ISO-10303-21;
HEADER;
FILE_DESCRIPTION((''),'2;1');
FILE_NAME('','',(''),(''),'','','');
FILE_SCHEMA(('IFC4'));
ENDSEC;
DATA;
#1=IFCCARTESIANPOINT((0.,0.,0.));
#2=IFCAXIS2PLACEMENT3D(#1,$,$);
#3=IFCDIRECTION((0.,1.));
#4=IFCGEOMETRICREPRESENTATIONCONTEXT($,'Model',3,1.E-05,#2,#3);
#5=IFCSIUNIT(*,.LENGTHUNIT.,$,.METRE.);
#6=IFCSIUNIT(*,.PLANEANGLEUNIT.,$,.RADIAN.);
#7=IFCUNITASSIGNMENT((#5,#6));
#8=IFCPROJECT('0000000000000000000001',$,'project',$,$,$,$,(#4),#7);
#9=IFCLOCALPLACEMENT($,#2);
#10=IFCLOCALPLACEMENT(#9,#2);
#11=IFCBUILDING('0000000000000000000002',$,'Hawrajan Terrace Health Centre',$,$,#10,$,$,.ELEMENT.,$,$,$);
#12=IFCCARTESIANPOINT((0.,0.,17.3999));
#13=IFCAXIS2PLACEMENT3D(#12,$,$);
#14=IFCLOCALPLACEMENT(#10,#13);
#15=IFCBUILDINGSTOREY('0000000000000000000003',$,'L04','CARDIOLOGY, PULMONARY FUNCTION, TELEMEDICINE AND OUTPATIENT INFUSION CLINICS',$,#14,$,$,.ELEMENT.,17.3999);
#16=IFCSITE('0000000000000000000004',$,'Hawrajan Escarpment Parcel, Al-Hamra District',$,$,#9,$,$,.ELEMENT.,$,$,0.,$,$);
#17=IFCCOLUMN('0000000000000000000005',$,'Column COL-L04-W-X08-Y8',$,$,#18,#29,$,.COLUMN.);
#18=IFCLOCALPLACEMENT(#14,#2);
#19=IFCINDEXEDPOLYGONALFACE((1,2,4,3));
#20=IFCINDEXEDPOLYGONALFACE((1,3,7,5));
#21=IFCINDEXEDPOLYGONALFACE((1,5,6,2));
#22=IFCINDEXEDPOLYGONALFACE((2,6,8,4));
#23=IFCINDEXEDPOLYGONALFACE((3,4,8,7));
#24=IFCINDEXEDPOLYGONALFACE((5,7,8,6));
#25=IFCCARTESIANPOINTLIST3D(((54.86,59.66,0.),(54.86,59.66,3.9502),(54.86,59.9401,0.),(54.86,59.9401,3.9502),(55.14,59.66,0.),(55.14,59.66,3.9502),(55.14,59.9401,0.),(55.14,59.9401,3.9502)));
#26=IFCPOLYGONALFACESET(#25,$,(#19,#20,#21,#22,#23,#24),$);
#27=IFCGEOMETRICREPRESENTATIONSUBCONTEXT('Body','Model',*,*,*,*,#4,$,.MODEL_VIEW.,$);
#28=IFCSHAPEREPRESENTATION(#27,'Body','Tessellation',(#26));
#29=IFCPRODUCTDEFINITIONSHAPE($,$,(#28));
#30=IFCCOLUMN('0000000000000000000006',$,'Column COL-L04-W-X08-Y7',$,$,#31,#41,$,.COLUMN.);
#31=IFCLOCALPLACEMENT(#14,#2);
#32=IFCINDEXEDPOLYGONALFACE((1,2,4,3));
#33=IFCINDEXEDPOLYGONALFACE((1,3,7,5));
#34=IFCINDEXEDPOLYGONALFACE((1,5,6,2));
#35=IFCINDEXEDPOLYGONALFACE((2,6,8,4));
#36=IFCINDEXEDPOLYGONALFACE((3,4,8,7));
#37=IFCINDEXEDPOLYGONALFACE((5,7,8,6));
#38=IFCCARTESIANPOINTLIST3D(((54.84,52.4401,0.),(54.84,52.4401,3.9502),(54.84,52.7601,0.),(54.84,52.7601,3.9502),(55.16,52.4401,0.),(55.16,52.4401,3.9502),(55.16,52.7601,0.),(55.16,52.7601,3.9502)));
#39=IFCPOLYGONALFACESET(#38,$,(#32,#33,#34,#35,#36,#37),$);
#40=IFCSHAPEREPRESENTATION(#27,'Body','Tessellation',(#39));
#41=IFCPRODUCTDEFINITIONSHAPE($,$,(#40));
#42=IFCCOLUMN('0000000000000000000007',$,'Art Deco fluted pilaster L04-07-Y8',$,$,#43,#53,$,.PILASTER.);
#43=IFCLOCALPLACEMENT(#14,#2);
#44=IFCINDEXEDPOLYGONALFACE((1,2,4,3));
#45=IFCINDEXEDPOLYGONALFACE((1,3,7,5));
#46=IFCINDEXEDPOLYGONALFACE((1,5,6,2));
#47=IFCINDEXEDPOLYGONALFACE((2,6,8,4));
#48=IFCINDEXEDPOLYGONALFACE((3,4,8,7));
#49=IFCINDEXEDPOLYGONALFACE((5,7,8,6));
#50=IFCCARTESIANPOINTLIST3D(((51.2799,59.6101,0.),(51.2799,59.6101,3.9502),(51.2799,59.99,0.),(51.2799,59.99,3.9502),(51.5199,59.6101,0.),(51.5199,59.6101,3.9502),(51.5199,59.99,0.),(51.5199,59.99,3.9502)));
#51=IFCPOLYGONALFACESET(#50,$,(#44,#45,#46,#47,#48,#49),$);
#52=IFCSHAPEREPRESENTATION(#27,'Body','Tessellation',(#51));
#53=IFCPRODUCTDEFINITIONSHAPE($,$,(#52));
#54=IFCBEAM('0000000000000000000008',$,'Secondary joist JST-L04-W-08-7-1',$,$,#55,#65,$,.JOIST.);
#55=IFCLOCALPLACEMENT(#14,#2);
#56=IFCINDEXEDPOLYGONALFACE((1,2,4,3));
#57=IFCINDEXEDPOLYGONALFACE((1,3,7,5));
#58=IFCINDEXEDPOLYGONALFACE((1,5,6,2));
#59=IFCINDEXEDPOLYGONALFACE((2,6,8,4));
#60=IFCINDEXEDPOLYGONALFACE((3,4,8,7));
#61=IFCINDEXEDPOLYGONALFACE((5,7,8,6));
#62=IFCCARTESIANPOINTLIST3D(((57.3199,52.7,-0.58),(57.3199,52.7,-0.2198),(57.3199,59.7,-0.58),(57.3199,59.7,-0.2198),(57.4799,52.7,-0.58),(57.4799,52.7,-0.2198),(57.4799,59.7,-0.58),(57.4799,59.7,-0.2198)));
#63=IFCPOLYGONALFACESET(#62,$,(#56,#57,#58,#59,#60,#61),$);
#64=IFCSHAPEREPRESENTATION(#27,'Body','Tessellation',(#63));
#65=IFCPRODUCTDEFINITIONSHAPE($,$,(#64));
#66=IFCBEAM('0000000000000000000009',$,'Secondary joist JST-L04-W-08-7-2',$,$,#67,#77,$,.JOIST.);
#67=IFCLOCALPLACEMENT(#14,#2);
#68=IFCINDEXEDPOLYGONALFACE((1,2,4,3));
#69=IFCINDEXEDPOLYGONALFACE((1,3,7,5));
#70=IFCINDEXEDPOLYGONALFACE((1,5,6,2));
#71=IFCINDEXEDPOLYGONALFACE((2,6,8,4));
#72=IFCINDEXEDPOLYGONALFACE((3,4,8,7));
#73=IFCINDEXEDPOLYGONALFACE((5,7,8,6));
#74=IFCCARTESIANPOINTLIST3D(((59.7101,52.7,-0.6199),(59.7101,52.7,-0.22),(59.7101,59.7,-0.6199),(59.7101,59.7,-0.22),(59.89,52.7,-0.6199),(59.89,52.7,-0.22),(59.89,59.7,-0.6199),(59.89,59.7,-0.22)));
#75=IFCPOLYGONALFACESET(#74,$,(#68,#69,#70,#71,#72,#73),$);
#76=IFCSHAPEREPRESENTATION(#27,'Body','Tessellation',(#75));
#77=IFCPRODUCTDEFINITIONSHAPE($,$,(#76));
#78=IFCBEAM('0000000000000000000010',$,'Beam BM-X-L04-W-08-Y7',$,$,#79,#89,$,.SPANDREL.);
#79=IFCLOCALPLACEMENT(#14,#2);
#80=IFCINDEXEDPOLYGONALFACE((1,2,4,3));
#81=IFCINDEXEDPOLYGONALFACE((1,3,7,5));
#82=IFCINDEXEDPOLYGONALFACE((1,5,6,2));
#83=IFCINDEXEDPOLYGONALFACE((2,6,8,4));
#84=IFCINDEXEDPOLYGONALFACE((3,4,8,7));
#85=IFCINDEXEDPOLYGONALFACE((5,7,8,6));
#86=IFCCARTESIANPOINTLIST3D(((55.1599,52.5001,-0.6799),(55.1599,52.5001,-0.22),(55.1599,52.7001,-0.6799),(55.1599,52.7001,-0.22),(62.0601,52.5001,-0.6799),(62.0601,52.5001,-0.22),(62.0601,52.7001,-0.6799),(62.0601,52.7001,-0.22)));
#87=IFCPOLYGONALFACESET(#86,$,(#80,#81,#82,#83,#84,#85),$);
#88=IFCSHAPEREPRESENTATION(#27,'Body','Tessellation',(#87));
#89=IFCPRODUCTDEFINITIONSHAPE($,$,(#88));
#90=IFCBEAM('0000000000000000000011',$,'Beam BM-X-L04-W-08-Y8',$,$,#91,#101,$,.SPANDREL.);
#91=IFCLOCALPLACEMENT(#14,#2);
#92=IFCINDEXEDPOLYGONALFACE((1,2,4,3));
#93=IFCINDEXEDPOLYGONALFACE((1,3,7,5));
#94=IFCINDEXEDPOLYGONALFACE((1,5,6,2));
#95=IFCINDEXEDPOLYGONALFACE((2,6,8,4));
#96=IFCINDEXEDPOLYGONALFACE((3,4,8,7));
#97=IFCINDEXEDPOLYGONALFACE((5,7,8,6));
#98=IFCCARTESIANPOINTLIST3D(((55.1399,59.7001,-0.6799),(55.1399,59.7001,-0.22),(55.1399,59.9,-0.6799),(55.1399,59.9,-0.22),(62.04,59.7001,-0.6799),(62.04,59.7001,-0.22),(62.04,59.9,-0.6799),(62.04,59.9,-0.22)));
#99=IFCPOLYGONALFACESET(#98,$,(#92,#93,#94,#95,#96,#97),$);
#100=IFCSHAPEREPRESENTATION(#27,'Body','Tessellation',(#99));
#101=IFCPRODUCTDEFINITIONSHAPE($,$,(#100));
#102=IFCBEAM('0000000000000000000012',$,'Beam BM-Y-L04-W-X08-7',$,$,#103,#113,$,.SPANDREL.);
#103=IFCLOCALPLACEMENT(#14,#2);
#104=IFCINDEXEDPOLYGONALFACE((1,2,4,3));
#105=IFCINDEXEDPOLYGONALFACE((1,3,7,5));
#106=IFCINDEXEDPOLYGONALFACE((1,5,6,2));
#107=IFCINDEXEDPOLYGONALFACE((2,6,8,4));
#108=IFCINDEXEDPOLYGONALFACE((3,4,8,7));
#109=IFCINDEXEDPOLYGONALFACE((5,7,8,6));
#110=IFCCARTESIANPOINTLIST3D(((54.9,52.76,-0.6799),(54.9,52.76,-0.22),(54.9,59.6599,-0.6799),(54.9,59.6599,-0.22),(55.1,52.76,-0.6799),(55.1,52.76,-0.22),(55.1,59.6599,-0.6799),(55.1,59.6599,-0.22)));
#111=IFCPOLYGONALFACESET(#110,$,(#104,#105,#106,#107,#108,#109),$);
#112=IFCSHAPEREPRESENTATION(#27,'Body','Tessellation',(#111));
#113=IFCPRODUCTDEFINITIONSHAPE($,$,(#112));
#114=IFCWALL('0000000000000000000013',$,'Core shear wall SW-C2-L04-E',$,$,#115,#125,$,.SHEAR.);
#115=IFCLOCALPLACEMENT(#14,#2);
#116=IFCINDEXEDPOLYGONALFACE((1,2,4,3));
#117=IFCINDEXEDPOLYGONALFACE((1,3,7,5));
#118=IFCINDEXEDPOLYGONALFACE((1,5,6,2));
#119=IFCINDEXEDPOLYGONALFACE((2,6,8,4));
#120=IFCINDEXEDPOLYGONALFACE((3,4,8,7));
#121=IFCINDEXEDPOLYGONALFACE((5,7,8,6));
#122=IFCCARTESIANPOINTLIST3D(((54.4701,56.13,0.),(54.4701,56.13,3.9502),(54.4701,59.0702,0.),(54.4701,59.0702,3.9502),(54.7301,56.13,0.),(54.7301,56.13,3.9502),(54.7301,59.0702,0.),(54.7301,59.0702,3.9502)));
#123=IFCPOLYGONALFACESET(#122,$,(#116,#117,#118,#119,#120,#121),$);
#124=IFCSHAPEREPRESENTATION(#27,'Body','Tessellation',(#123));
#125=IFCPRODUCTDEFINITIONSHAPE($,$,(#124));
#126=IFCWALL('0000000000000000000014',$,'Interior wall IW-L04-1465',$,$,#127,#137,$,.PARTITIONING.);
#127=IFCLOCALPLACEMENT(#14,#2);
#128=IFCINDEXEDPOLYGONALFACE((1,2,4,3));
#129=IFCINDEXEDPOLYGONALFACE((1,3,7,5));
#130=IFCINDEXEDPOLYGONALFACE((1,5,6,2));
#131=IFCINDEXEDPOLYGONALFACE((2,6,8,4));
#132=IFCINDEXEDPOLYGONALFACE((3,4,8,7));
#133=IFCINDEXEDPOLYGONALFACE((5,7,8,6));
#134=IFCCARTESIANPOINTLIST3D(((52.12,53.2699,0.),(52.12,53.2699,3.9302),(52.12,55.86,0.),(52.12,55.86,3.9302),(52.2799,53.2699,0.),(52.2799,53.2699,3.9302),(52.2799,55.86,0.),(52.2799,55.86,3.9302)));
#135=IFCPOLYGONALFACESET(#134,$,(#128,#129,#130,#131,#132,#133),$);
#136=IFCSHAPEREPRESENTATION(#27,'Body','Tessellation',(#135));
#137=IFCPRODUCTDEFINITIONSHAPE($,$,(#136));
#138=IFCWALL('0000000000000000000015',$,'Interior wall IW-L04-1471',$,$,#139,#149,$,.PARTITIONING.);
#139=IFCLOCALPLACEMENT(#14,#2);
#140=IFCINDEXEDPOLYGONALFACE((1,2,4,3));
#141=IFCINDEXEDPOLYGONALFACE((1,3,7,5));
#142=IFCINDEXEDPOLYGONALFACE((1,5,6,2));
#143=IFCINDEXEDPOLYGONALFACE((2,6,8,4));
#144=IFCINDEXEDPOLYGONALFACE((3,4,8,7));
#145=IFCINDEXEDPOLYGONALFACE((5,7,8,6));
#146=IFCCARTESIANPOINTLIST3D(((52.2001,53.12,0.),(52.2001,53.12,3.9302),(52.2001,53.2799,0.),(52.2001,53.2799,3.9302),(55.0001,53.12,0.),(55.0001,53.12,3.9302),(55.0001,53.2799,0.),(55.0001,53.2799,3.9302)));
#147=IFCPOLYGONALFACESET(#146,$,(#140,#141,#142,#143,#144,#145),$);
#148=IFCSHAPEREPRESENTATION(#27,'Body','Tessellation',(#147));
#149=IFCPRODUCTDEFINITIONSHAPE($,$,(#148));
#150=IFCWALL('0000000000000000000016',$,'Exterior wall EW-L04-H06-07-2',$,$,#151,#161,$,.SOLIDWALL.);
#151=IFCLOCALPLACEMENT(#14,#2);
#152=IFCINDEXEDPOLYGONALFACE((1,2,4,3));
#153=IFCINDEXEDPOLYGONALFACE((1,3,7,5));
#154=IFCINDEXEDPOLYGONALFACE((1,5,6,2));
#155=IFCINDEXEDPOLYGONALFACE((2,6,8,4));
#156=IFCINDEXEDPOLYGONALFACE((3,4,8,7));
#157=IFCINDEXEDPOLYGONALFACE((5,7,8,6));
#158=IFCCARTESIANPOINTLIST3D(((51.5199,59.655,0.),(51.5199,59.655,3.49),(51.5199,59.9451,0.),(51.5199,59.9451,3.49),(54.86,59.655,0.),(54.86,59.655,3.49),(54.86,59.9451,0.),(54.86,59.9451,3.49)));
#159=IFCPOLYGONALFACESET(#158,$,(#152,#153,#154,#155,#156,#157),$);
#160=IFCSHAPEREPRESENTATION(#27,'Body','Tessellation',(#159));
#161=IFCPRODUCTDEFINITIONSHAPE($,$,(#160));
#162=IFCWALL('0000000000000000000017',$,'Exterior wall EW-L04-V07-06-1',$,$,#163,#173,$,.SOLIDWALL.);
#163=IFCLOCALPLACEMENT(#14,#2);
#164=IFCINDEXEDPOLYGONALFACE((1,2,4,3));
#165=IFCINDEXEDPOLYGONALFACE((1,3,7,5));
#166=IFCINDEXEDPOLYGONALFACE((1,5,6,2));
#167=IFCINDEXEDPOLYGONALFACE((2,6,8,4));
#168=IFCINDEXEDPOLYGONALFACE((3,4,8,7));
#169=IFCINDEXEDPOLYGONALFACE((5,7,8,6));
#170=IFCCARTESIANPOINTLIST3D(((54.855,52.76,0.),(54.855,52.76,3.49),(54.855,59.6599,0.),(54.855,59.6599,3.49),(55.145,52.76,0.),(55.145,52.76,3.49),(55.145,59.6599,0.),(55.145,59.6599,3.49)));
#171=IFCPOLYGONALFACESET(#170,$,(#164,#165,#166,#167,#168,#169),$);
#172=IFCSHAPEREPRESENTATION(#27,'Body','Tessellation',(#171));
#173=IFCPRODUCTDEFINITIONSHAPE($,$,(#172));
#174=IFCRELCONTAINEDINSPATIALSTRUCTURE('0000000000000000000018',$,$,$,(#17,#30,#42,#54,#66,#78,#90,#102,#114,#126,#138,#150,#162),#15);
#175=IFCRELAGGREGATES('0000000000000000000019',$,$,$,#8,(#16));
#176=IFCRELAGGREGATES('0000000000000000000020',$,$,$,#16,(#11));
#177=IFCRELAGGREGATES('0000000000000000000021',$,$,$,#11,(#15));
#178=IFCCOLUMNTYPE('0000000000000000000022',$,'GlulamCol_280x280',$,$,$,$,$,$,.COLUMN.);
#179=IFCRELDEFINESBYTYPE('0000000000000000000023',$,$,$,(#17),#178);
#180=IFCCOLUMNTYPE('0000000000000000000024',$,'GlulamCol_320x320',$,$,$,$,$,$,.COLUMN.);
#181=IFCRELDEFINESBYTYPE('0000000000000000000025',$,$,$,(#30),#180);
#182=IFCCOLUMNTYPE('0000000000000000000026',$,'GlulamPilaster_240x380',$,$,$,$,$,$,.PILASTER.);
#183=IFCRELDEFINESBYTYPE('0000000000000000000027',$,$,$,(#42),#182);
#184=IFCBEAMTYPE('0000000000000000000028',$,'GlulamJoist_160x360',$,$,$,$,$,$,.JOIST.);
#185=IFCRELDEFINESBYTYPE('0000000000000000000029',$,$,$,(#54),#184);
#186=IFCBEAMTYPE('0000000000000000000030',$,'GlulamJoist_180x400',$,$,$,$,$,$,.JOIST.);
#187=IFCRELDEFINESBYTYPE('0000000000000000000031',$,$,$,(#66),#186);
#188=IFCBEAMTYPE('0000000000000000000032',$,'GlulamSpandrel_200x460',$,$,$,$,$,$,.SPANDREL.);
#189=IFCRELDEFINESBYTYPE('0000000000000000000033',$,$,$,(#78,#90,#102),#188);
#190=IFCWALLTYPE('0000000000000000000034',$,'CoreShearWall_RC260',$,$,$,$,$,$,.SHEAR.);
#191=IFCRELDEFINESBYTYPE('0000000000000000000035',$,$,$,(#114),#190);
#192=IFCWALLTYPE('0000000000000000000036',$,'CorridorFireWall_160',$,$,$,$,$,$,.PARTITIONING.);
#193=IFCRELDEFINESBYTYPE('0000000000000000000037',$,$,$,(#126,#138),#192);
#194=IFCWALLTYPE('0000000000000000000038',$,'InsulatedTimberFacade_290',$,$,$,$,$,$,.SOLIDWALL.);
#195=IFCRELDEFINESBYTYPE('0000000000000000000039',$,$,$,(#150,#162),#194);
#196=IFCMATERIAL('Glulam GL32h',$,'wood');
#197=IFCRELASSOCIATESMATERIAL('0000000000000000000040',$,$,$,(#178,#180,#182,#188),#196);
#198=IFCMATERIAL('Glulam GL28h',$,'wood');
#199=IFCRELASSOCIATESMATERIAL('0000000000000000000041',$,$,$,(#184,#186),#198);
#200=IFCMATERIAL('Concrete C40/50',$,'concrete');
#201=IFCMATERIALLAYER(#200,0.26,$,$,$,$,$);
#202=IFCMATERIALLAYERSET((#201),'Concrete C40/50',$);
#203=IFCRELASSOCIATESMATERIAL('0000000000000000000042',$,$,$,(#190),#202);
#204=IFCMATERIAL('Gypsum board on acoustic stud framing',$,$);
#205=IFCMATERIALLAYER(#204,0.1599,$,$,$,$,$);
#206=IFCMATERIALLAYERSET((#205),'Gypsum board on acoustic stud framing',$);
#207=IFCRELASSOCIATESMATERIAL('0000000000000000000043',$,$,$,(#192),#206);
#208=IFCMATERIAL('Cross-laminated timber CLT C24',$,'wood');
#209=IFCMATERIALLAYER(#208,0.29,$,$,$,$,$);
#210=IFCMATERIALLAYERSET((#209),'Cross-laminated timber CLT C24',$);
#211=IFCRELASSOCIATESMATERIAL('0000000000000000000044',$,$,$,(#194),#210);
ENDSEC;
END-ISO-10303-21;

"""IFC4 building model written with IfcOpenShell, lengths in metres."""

from ifc_helpers import new_model, si_unit, direction, frame, frame_2d, origin, origin_2d, place, context, subcontext, project, spatial, rectangle, extrude, material, layer, layer_set, material_profile, profile_set, type_object, element, save


model = new_model("IFC4")

# Units and contexts
model_context = context("Model", 3, precision=1e-05, world=origin(), true_north=direction((0.0, 1.0)))
body_context = subcontext(model_context, "Body", "Model", "MODEL_VIEW")
ifc_project = project(units=[si_unit("LENGTHUNIT", "METRE"), si_unit("PLANEANGLEUNIT", "RADIAN")], contexts=[model_context])

# Site, building, storey
site_placement = place(None, origin())
site = spatial("IfcSite", under=ifc_project, at=site_placement, Name="Hawrajan Escarpment Parcel, Al-Hamra District", CompositionType="ELEMENT", RefElevation=0.0)
building_placement = place(site_placement, origin())
building = spatial("IfcBuilding", under=site, at=building_placement, Name="Hawrajan Terrace Health Centre", CompositionType="ELEMENT")
storey_placement = place(building_placement, frame((0.0, 0.0, 17.3999)))
storey = spatial("IfcBuildingStorey", under=building, at=storey_placement, Name="L04", Description="CARDIOLOGY, PULMONARY FUNCTION, TELEMEDICINE AND OUTPATIENT INFUSION CLINICS", CompositionType="ELEMENT", Elevation=17.3999)

# Columns
ifc_material_1 = material(Name="Glulam GL32h", Category="wood")
ifc_material_profile_1 = material_profile(ifc_material_1, rectangle(XDim=0.28, YDim=0.28, at=origin_2d()), Name="GL 280x280")
ifc_profile_set_1 = profile_set([ifc_material_profile_1], Name="Glulam GL32h")
column_type_1 = type_object("IfcColumnType", Name="GlulamCol_280x280", PredefinedType="COLUMN", material=ifc_profile_set_1)
column_1_placement = place(storey_placement, frame((55.0, 59.8, 0.0), z_axis=(0.0, 0.0, 1.0), x_axis=(1.0, 0.0, 0.0)))
element("IfcColumn", 1, at=column_1_placement, inside=storey, type_object=column_type_1, Name="Column COL-L04-W-X08-Y8", PredefinedType="COLUMN", context=body_context, shape_type="SweptSolid", body=[
    extrude(rectangle(XDim=0.28, YDim=0.28, at=origin_2d()), origin(), (0.0, 0.0, 1.0), 3.9502),
])
ifc_material_profile_2 = material_profile(ifc_material_1, rectangle(XDim=0.3201, YDim=0.3201, at=origin_2d()), Name="GL 320x320")
ifc_profile_set_2 = profile_set([ifc_material_profile_2], Name="Glulam GL32h")
column_type_2 = type_object("IfcColumnType", Name="GlulamCol_320x320", PredefinedType="COLUMN", material=ifc_profile_set_2)
column_2_placement = place(storey_placement, frame((55.0, 52.6001, 0.0), z_axis=(0.0, 0.0, 1.0), x_axis=(1.0, 0.0, 0.0)))
element("IfcColumn", 2, at=column_2_placement, inside=storey, type_object=column_type_2, Name="Column COL-L04-W-X08-Y7", PredefinedType="COLUMN", context=body_context, shape_type="SweptSolid", body=[
    extrude(rectangle(XDim=0.3201, YDim=0.3201, at=origin_2d()), origin(), (0.0, 0.0, 1.0), 3.9502),
])
ifc_material_profile_3 = material_profile(ifc_material_1, rectangle(XDim=0.24, YDim=0.3799, at=origin_2d()), Name="GL PIL 240x380")
ifc_profile_set_3 = profile_set([ifc_material_profile_3], Name="Glulam GL32h")
column_type_3 = type_object("IfcColumnType", Name="GlulamPilaster_240x380", PredefinedType="PILASTER", material=ifc_profile_set_3)
column_3_placement = place(storey_placement, frame((51.3999, 59.8, 0.0), z_axis=(0.0, 0.0, 1.0), x_axis=(1.0, 0.0, 0.0)))
element("IfcColumn", 3, at=column_3_placement, inside=storey, type_object=column_type_3, Name="Art Deco fluted pilaster L04-07-Y8", PredefinedType="PILASTER", context=body_context, shape_type="SweptSolid", body=[
    extrude(rectangle(XDim=0.24, YDim=0.3799, at=origin_2d()), origin(), (0.0, 0.0, 1.0), 3.9502),
])

# Beams
ifc_material_2 = material(Name="Glulam GL28h", Category="wood")
ifc_material_profile_4 = material_profile(ifc_material_2, rectangle(XDim=0.1599, YDim=0.3601, at=origin_2d()), Name="GL JST 160x360")
ifc_profile_set_4 = profile_set([ifc_material_profile_4], Name="Glulam GL28h")
beam_type_1 = type_object("IfcBeamType", Name="GlulamJoist_160x360", PredefinedType="JOIST", material=ifc_profile_set_4)
beam_1_placement = place(storey_placement, frame((57.3999, 52.7, -0.3999), z_axis=(0.0, 1.0, 0.0), x_axis=(-1.0, 0.0, 0.0)))
element("IfcBeam", 4, at=beam_1_placement, inside=storey, type_object=beam_type_1, Name="Secondary joist JST-L04-W-08-7-1", PredefinedType="JOIST", context=body_context, shape_type="SweptSolid", body=[
    extrude(rectangle(XDim=0.1599, YDim=0.3601, at=origin_2d()), origin(), (0.0, 0.0, 1.0), 7.0),
])
ifc_material_profile_5 = material_profile(ifc_material_2, rectangle(XDim=0.1799, YDim=0.3999, at=origin_2d()), Name="GL JST 180x400")
ifc_profile_set_5 = profile_set([ifc_material_profile_5], Name="Glulam GL28h")
beam_type_2 = type_object("IfcBeamType", Name="GlulamJoist_180x400", PredefinedType="JOIST", material=ifc_profile_set_5)
beam_2_placement = place(storey_placement, frame((59.8, 52.7, -0.4199), z_axis=(0.0, 1.0, 0.0), x_axis=(-1.0, 0.0, 0.0)))
element("IfcBeam", 5, at=beam_2_placement, inside=storey, type_object=beam_type_2, Name="Secondary joist JST-L04-W-08-7-2", PredefinedType="JOIST", context=body_context, shape_type="SweptSolid", body=[
    extrude(rectangle(XDim=0.1799, YDim=0.3999, at=origin_2d()), origin(), (0.0, 0.0, 1.0), 7.0),
])
ifc_material_profile_6 = material_profile(ifc_material_1, rectangle(XDim=0.2, YDim=0.46, at=origin_2d()), Name="GL SP 200x460")
ifc_profile_set_6 = profile_set([ifc_material_profile_6], Name="Glulam GL32h")
beam_type_3 = type_object("IfcBeamType", Name="GlulamSpandrel_200x460", PredefinedType="SPANDREL", material=ifc_profile_set_6)
for number, where, z_axis, x_axis, name in (
    (6, (55.1599, 52.6001, -0.45), (1.0, 0.0, 0.0), (0.0, 1.0, 0.0), "Beam BM-X-L04-W-08-Y7"),
    (7, (55.1399, 59.8, -0.45), (1.0, 0.0, 0.0), (0.0, 1.0, 0.0), "Beam BM-X-L04-W-08-Y8"),
):
    element("IfcBeam", number, at=place(storey_placement, frame(where, z_axis=z_axis, x_axis=x_axis)), inside=storey, type_object=beam_type_3, Name=name, PredefinedType="SPANDREL", context=body_context, shape_type="SweptSolid", body=[
        extrude(rectangle(XDim=0.2, YDim=0.46, at=origin_2d()), origin(), (0.0, 0.0, 1.0), 6.9001),
    ])
beam_3_placement = place(storey_placement, frame((55.0, 52.76, -0.45), z_axis=(0.0, 1.0, 0.0), x_axis=(-1.0, 0.0, 0.0)))
element("IfcBeam", 8, at=beam_3_placement, inside=storey, type_object=beam_type_3, Name="Beam BM-Y-L04-W-X08-7", PredefinedType="SPANDREL", context=body_context, shape_type="SweptSolid", body=[
    extrude(rectangle(XDim=0.2, YDim=0.46, at=origin_2d()), origin(), (0.0, 0.0, 1.0), 6.8999),
])

# Walls
ifc_material_3 = material(Name="Concrete C40/50", Category="concrete")
ifc_layer_1 = layer(ifc_material_3, 0.26)
ifc_layer_set_1 = layer_set([ifc_layer_1], Name="Concrete C40/50")
wall_type_1 = type_object("IfcWallType", Name="CoreShearWall_RC260", PredefinedType="SHEAR", material=ifc_layer_set_1)
wall_1_placement = place(storey_placement, frame((54.6001, 56.1299, 0.0), z_axis=(0.0, 0.0, 1.0), x_axis=(0.0, 1.0, 0.0)))
element("IfcWall", 9, at=wall_1_placement, inside=storey, type_object=wall_type_1, Name="Core shear wall SW-C2-L04-E", PredefinedType="SHEAR", context=body_context, shape_type="SweptSolid", body=[
    extrude(rectangle(XDim=2.9402, YDim=0.26, at=frame_2d((1.4702, 0.0))), origin(), (0.0, 0.0, 1.0), 3.9502),
])
ifc_material_4 = material(Name="Gypsum board on acoustic stud framing")
ifc_layer_2 = layer(ifc_material_4, 0.1599)
ifc_layer_set_2 = layer_set([ifc_layer_2], Name="Gypsum board on acoustic stud framing")
wall_type_2 = type_object("IfcWallType", Name="CorridorFireWall_160", PredefinedType="PARTITIONING", material=ifc_layer_set_2)
wall_2_placement = place(storey_placement, frame((52.2, 53.27, 0.0), z_axis=(0.0, 0.0, 1.0), x_axis=(0.0, 1.0, 0.0)))
element("IfcWall", 10, at=wall_2_placement, inside=storey, type_object=wall_type_2, Name="Interior wall IW-L04-1465", PredefinedType="PARTITIONING", context=body_context, shape_type="SweptSolid", body=[
    extrude(rectangle(XDim=2.5901, YDim=0.1599, at=frame_2d((1.2949, 0.0))), origin(), (0.0, 0.0, 1.0), 3.9302),
])
wall_3_placement = place(storey_placement, frame((55.0, 53.2, 0.0), z_axis=(0.0, 0.0, 1.0), x_axis=(-1.0, 0.0, 0.0)))
element("IfcWall", 11, at=wall_3_placement, inside=storey, type_object=wall_type_2, Name="Interior wall IW-L04-1471", PredefinedType="PARTITIONING", context=body_context, shape_type="SweptSolid", body=[
    extrude(rectangle(XDim=2.8, YDim=0.1599, at=frame_2d((1.3999, 0.0))), origin(), (0.0, 0.0, 1.0), 3.9302),
])
ifc_material_5 = material(Name="Cross-laminated timber CLT C24", Category="wood")
ifc_layer_3 = layer(ifc_material_5, 0.29)
ifc_layer_set_3 = layer_set([ifc_layer_3], Name="Cross-laminated timber CLT C24")
wall_type_3 = type_object("IfcWallType", Name="InsulatedTimberFacade_290", PredefinedType="SOLIDWALL", material=ifc_layer_set_3)
wall_4_placement = place(storey_placement, frame((51.52, 59.8, 0.0), z_axis=(0.0, 0.0, 1.0), x_axis=(1.0, 0.0, 0.0)))
element("IfcWall", 12, at=wall_4_placement, inside=storey, type_object=wall_type_3, Name="Exterior wall EW-L04-H06-07-2", PredefinedType="SOLIDWALL", context=body_context, shape_type="SweptSolid", body=[
    extrude(rectangle(XDim=3.3401, YDim=0.29, at=frame_2d((1.6699, 0.0))), origin(), (0.0, 0.0, 1.0), 3.49),
])
wall_5_placement = place(storey_placement, frame((55.0, 52.76, 0.0), z_axis=(0.0, 0.0, 1.0), x_axis=(0.0, 1.0, 0.0)))
element("IfcWall", 13, at=wall_5_placement, inside=storey, type_object=wall_type_3, Name="Exterior wall EW-L04-V07-06-1", PredefinedType="SOLIDWALL", context=body_context, shape_type="SweptSolid", body=[
    extrude(rectangle(XDim=6.8999, YDim=0.29, at=frame_2d((3.45, 0.0))), origin(), (0.0, 0.0, 1.0), 3.49),
])

save(model, "model.ifc")
